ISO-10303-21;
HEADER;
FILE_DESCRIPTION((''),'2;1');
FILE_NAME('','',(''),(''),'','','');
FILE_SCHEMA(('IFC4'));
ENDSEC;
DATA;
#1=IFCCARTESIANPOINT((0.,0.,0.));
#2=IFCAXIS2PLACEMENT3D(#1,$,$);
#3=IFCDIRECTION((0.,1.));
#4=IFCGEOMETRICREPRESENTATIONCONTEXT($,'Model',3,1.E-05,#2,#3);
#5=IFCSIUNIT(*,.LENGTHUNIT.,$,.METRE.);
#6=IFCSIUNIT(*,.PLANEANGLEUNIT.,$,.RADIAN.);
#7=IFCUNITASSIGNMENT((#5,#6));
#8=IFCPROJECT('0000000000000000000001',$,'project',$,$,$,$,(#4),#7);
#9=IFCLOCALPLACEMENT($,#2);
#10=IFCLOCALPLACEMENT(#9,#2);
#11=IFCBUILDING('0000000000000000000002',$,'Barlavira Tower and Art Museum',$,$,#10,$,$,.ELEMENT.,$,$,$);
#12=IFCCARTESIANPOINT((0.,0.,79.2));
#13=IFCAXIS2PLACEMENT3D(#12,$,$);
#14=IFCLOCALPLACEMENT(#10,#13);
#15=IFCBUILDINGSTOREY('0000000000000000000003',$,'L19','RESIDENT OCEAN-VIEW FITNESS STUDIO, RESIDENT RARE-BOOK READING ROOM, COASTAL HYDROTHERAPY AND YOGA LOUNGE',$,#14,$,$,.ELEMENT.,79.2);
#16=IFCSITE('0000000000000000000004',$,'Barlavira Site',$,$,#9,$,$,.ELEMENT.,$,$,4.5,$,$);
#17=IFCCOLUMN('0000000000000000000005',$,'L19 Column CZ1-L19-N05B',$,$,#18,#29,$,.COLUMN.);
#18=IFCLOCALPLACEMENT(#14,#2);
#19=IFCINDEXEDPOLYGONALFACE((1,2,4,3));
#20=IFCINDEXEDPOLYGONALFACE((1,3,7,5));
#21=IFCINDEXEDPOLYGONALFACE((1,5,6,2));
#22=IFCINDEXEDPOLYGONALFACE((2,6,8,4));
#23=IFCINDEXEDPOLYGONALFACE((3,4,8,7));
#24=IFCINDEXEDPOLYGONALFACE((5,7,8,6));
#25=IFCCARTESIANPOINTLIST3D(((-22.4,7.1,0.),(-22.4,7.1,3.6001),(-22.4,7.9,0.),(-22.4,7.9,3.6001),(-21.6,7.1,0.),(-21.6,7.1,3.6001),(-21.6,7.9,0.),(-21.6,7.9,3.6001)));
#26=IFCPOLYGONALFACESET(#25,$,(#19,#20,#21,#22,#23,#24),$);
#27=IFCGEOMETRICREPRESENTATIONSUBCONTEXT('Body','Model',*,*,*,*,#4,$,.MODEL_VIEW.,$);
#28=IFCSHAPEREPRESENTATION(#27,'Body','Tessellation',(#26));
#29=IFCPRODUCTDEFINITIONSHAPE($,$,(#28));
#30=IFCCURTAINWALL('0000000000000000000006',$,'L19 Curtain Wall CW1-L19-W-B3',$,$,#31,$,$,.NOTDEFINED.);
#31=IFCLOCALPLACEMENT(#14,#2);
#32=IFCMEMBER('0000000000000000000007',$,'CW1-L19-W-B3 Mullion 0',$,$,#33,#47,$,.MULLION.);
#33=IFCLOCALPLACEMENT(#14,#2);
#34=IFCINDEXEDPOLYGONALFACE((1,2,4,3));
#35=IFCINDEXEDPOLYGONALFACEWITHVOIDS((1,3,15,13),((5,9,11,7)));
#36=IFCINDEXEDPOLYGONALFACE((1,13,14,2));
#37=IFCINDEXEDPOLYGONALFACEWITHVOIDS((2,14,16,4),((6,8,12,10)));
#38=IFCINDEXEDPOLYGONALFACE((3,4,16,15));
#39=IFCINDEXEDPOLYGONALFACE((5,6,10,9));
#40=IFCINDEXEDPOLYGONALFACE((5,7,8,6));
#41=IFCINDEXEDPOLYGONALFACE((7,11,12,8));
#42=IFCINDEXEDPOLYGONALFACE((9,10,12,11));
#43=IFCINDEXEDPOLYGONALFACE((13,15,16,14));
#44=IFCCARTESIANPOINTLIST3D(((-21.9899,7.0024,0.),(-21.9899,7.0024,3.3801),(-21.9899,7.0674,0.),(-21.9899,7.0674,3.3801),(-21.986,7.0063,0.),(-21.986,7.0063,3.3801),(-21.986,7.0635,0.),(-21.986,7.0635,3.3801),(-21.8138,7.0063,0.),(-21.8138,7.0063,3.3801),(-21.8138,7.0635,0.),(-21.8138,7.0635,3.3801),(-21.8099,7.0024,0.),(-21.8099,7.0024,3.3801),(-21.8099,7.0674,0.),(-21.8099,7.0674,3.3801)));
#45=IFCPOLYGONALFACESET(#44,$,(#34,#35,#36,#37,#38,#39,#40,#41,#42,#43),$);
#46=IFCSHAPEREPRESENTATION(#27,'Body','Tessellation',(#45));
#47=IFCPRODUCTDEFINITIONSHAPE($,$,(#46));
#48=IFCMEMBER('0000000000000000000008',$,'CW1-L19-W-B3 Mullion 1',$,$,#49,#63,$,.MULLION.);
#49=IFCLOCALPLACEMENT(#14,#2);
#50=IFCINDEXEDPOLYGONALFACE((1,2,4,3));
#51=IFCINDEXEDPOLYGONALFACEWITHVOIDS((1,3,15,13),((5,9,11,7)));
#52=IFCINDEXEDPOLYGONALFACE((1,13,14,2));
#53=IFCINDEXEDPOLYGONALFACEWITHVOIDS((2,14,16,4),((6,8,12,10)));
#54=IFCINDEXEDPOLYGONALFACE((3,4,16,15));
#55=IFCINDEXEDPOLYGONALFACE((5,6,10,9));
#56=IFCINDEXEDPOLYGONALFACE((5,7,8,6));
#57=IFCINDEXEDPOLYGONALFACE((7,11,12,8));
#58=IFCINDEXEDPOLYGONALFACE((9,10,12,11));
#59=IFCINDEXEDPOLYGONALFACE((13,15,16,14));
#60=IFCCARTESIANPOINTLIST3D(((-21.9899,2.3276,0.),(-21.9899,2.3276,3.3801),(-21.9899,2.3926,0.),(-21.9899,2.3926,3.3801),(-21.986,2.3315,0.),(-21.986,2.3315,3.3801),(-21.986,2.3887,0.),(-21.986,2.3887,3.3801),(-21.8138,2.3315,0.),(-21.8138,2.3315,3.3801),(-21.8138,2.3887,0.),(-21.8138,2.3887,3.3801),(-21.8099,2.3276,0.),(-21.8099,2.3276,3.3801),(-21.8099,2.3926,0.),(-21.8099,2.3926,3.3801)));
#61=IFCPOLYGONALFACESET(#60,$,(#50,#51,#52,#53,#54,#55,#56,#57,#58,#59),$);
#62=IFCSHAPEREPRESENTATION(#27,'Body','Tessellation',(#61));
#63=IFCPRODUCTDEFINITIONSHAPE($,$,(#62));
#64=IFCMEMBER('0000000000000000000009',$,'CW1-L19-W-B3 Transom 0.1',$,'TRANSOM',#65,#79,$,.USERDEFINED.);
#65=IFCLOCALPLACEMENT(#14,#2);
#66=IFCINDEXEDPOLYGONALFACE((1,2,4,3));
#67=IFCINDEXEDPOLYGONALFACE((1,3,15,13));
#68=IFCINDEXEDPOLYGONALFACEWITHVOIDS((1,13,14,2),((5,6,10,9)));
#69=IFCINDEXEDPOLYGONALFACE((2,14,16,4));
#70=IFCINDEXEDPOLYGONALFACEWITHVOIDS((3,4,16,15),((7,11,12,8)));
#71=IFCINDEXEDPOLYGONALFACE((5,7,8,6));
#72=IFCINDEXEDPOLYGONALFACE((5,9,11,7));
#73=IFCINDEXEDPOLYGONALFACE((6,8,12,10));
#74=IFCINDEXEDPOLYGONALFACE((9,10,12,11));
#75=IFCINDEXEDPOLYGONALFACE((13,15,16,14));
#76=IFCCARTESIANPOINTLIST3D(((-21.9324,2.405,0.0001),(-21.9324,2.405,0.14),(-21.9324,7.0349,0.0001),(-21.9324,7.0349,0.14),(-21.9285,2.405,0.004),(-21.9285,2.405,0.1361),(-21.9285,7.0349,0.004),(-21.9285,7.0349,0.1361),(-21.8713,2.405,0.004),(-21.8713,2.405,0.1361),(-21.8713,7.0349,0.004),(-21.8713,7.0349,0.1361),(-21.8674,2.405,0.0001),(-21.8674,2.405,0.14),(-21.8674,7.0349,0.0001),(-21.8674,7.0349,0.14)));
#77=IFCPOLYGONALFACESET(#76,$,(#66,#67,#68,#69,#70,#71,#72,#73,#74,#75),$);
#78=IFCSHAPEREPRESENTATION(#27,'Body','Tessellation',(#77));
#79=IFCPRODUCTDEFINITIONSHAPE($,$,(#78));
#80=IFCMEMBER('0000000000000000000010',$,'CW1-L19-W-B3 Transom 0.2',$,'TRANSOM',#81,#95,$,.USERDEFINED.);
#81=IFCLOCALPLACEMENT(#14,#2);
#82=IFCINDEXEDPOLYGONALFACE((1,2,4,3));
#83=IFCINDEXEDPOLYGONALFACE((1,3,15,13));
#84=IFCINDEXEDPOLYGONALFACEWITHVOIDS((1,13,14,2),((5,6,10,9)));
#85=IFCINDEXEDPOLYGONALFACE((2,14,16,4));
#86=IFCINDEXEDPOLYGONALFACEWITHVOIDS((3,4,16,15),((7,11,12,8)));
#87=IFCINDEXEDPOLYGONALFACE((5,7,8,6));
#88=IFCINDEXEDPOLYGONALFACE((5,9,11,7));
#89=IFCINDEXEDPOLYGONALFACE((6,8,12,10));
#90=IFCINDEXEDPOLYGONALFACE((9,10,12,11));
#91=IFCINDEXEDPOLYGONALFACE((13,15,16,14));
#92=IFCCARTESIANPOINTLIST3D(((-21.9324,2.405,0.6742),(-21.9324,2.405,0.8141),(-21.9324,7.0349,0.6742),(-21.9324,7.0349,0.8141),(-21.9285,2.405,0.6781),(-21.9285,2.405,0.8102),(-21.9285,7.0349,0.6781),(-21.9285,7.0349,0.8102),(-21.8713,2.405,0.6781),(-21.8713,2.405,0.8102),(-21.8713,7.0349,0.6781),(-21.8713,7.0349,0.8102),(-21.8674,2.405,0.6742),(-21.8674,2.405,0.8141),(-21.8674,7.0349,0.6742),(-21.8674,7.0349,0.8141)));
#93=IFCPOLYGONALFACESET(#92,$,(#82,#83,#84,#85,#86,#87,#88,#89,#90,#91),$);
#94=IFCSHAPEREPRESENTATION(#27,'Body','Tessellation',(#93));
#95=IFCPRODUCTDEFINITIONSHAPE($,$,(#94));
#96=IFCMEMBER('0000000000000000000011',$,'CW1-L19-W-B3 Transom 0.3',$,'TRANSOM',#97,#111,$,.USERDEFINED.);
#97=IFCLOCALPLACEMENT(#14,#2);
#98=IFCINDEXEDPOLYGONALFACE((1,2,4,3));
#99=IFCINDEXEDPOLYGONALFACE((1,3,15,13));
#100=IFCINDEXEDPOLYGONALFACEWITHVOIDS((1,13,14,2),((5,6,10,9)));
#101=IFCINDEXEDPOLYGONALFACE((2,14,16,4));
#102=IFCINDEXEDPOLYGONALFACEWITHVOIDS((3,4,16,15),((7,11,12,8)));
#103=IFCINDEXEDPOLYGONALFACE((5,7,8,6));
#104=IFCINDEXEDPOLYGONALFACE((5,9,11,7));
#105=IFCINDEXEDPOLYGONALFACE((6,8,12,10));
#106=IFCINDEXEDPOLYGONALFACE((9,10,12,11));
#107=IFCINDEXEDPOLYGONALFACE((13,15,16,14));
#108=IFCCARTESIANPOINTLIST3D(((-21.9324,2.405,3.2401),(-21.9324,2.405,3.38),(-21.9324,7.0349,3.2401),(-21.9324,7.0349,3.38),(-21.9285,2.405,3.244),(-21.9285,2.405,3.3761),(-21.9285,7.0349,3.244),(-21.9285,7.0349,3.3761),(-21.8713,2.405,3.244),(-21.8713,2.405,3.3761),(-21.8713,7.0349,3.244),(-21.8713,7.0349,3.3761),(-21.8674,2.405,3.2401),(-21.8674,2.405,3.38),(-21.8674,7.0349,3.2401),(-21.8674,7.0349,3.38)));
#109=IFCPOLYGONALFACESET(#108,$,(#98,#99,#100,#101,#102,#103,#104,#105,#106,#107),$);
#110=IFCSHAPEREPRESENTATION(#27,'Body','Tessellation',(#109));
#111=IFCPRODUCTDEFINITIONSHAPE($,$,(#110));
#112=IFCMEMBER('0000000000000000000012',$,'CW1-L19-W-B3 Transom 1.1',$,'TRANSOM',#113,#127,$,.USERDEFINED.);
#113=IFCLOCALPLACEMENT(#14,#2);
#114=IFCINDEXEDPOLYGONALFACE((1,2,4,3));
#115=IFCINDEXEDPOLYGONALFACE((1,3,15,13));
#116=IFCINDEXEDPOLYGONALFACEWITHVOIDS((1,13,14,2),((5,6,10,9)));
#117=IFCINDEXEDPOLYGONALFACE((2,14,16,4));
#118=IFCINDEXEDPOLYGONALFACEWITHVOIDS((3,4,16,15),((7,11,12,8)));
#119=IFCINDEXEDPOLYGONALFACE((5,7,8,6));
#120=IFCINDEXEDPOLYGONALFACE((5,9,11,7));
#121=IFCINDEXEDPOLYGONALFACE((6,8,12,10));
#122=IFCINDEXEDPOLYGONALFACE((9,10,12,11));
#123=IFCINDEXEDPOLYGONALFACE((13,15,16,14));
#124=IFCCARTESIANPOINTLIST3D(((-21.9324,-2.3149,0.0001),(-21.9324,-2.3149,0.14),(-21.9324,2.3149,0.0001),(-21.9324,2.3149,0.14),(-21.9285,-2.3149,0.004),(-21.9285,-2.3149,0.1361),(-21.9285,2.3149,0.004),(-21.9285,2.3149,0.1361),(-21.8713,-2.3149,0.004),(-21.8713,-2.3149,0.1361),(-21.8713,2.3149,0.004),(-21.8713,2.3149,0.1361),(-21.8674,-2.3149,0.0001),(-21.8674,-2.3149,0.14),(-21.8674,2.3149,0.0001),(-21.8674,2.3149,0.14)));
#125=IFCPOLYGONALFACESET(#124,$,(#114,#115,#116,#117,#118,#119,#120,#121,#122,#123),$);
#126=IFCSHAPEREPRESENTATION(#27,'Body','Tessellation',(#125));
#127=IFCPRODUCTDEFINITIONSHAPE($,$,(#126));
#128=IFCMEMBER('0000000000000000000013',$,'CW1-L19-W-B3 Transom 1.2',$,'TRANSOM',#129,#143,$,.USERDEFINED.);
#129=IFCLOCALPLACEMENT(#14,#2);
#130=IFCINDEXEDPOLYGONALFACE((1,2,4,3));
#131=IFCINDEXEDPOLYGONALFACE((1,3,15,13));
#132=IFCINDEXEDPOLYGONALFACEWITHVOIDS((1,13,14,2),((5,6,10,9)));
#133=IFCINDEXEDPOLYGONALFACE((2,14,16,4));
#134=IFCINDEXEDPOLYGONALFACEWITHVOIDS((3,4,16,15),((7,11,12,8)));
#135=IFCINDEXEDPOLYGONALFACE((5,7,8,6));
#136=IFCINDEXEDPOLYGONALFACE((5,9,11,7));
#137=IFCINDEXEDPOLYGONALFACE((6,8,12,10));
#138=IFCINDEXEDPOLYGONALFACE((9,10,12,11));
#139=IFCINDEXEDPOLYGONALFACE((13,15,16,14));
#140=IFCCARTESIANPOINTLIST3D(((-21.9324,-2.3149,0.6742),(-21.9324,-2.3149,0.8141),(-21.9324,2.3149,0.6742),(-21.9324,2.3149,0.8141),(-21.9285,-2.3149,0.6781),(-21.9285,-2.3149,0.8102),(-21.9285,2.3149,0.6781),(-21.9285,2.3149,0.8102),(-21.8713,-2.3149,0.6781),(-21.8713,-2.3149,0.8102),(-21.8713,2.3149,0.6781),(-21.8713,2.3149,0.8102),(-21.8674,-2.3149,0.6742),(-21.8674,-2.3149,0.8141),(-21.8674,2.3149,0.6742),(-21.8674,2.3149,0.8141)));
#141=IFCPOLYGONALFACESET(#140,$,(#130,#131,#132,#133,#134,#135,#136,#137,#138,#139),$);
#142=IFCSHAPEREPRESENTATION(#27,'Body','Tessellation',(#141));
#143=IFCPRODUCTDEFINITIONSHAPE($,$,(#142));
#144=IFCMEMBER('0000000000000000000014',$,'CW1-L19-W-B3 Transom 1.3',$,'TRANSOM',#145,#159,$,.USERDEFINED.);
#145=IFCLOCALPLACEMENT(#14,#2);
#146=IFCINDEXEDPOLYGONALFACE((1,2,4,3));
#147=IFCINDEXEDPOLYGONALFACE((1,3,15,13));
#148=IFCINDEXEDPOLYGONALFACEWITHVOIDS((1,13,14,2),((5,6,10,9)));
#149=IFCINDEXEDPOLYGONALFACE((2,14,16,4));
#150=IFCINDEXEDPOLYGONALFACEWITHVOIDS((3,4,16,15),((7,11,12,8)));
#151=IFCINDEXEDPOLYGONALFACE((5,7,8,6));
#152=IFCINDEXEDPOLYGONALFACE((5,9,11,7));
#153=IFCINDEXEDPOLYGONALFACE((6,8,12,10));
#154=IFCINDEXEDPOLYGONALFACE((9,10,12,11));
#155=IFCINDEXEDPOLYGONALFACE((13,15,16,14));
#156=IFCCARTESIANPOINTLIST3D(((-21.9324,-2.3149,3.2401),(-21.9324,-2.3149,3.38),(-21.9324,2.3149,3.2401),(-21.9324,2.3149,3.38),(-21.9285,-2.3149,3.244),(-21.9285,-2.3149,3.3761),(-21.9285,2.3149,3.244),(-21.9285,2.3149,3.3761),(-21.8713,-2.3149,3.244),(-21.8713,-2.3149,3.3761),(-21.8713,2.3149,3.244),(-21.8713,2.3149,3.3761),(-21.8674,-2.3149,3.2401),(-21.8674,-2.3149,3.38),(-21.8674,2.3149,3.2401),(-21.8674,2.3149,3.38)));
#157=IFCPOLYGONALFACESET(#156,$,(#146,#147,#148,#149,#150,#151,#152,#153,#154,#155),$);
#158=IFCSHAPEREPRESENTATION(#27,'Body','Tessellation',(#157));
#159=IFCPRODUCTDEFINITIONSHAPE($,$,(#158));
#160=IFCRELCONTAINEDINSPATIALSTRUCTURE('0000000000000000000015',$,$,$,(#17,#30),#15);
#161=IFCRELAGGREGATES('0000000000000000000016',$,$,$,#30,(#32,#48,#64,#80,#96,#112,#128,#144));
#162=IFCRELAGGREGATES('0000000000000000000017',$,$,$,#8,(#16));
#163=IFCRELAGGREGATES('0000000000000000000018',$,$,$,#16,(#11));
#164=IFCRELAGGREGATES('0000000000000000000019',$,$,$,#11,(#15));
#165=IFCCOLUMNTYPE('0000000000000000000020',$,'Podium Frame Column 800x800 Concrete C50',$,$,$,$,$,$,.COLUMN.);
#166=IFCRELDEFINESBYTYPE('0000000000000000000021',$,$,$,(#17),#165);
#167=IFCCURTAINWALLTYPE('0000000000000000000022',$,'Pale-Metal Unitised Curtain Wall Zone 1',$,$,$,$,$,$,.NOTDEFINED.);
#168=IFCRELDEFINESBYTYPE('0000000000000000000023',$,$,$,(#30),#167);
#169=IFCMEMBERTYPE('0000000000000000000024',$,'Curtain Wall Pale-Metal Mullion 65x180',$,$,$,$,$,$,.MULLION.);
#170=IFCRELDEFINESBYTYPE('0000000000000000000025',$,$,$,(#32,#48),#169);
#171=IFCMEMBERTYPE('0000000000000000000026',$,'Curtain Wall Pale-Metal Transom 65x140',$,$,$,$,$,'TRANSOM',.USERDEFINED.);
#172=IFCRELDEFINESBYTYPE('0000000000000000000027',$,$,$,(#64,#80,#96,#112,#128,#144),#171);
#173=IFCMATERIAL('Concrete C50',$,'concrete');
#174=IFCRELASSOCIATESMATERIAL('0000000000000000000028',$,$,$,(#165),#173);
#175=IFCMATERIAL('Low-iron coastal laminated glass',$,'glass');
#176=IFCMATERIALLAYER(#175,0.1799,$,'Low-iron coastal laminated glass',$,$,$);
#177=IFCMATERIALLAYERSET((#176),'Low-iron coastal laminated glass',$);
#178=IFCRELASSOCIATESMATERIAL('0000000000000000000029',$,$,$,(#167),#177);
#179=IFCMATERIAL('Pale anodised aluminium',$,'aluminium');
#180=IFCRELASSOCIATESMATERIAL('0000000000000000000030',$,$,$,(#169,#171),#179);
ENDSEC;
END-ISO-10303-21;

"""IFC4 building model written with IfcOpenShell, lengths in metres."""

from ifc_helpers import new_model, si_unit, direction, frame, origin, origin_2d, place, context, subcontext, project, spatial, rectangle, hollow_rectangle, extrude, material, layer, layer_set, material_profile, profile_set, type_object, element, aggregate, save


model = new_model("IFC4")

# Units and contexts
model_context = context("Model", 3, precision=1e-05, world=origin(), true_north=direction((0.0, 1.0)))
body_context = subcontext(model_context, "Body", "Model", "MODEL_VIEW")
ifc_project = project(units=[si_unit("LENGTHUNIT", "METRE"), si_unit("PLANEANGLEUNIT", "RADIAN")], contexts=[model_context])

# Site, building, storey
site_placement = place(None, origin())
site = spatial("IfcSite", under=ifc_project, at=site_placement, Name="Barlavira Site", CompositionType="ELEMENT", RefElevation=4.5)
building_placement = place(site_placement, origin())
building = spatial("IfcBuilding", under=site, at=building_placement, Name="Barlavira Tower and Art Museum", CompositionType="ELEMENT")
storey_placement = place(building_placement, frame((0.0, 0.0, 79.2)))
storey = spatial("IfcBuildingStorey", under=building, at=storey_placement, Name="L19", Description="RESIDENT OCEAN-VIEW FITNESS STUDIO, RESIDENT RARE-BOOK READING ROOM, COASTAL HYDROTHERAPY AND YOGA LOUNGE", CompositionType="ELEMENT", Elevation=79.2)

# Column
ifc_material_1 = material(Name="Concrete C50", Category="concrete")
ifc_material_profile_1 = material_profile(ifc_material_1, rectangle(XDim=0.8, YDim=0.8, at=origin_2d()), Name="RC-COL 800x800")
ifc_profile_set_1 = profile_set([ifc_material_profile_1], Name="Concrete C50")
column_type = type_object("IfcColumnType", Name="Podium Frame Column 800x800 Concrete C50", PredefinedType="COLUMN", material=ifc_profile_set_1)
column_placement = place(storey_placement, frame((-22.0, 7.5, 0.0), z_axis=(0.0, 0.0, 1.0), x_axis=(1.0, 0.0, 0.0)))
element("IfcColumn", 1, at=column_placement, inside=storey, type_object=column_type, Name="L19 Column CZ1-L19-N05B", PredefinedType="COLUMN", context=body_context, shape_type="SweptSolid", body=[
    extrude(rectangle(XDim=0.8, YDim=0.8, at=origin_2d()), origin(), (0.0, 0.0, 1.0), 3.6001),
])

# Curtain wall, members
ifc_material_2 = material(Name="Low-iron coastal laminated glass", Category="glass")
ifc_layer_1 = layer(ifc_material_2, 0.1799, Name="Low-iron coastal laminated glass")
ifc_layer_set_1 = layer_set([ifc_layer_1], Name="Low-iron coastal laminated glass")
curtain_wall_type = type_object("IfcCurtainWallType", Name="Pale-Metal Unitised Curtain Wall Zone 1", PredefinedType="NOTDEFINED", material=ifc_layer_set_1)
curtain_wall_placement = place(storey_placement, origin())
curtain_wall = element("IfcCurtainWall", 2, at=curtain_wall_placement, inside=storey, type_object=curtain_wall_type, Name="L19 Curtain Wall CW1-L19-W-B3", PredefinedType="NOTDEFINED")
ifc_material_3 = material(Name="Pale anodised aluminium", Category="aluminium")
ifc_material_profile_2 = material_profile(ifc_material_3, hollow_rectangle(XDim=0.0649, YDim=0.1799, WallThickness=0.0039, at=origin_2d()), Name="ALU-MULL 65x180x4")
ifc_profile_set_2 = profile_set([ifc_material_profile_2], Name="Pale anodised aluminium")
member_type_1 = type_object("IfcMemberType", Name="Curtain Wall Pale-Metal Mullion 65x180", PredefinedType="MULLION", material=ifc_profile_set_2)
member_1_placement = place(storey_placement, frame((-21.8999, 7.0349, 0.0), z_axis=(0.0, 0.0, 1.0), x_axis=(0.0, -1.0, 0.0)))
member_1 = element("IfcMember", 3, at=member_1_placement, type_object=member_type_1, Name="CW1-L19-W-B3 Mullion 0", PredefinedType="MULLION", context=body_context, shape_type="SweptSolid", body=[
    extrude(hollow_rectangle(XDim=0.0649, YDim=0.1799, WallThickness=0.0039, at=origin_2d()), origin(), (0.0, 0.0, 1.0), 3.3801),
])
member_2_placement = place(storey_placement, frame((-21.8999, 2.3601, 0.0), z_axis=(0.0, 0.0, 1.0), x_axis=(0.0, -1.0, 0.0)))
member_2 = element("IfcMember", 4, at=member_2_placement, type_object=member_type_1, Name="CW1-L19-W-B3 Mullion 1", PredefinedType="MULLION", context=body_context, shape_type="SweptSolid", body=[
    extrude(hollow_rectangle(XDim=0.0649, YDim=0.1799, WallThickness=0.0039, at=origin_2d()), origin(), (0.0, 0.0, 1.0), 3.3801),
])
ifc_material_profile_3 = material_profile(ifc_material_3, hollow_rectangle(XDim=0.0649, YDim=0.1399, WallThickness=0.0039, at=origin_2d()), Name="ALU-TRAN 65x140x4")
ifc_profile_set_3 = profile_set([ifc_material_profile_3], Name="Pale anodised aluminium")
member_type_2 = type_object("IfcMemberType", Name="Curtain Wall Pale-Metal Transom 65x140", ElementType="TRANSOM", PredefinedType="USERDEFINED", material=ifc_profile_set_3)
member_3_placement = place(storey_placement, frame((-21.8999, 7.0349, 0.0701), z_axis=(0.0, -1.0, 0.0), x_axis=(1.0, 0.0, 0.0)))
member_3 = element("IfcMember", 5, at=member_3_placement, type_object=member_type_2, Name="CW1-L19-W-B3 Transom 0.1", ObjectType="TRANSOM", PredefinedType="USERDEFINED", context=body_context, shape_type="SweptSolid", body=[
    extrude(hollow_rectangle(XDim=0.0649, YDim=0.1399, WallThickness=0.0039, at=origin_2d()), origin(), (0.0, 0.0, 1.0), 4.6299),
])
member_4_placement = place(storey_placement, frame((-21.8999, 7.0349, 0.7441), z_axis=(0.0, -1.0, 0.0), x_axis=(1.0, 0.0, 0.0)))
member_4 = element("IfcMember", 6, at=member_4_placement, type_object=member_type_2, Name="CW1-L19-W-B3 Transom 0.2", ObjectType="TRANSOM", PredefinedType="USERDEFINED", context=body_context, shape_type="SweptSolid", body=[
    extrude(hollow_rectangle(XDim=0.0649, YDim=0.1399, WallThickness=0.0039, at=origin_2d()), origin(), (0.0, 0.0, 1.0), 4.6299),
])
member_5_placement = place(storey_placement, frame((-21.8999, 7.0349, 3.3101), z_axis=(0.0, -1.0, 0.0), x_axis=(1.0, 0.0, 0.0)))
member_5 = element("IfcMember", 7, at=member_5_placement, type_object=member_type_2, Name="CW1-L19-W-B3 Transom 0.3", ObjectType="TRANSOM", PredefinedType="USERDEFINED", context=body_context, shape_type="SweptSolid", body=[
    extrude(hollow_rectangle(XDim=0.0649, YDim=0.1399, WallThickness=0.0039, at=origin_2d()), origin(), (0.0, 0.0, 1.0), 4.6299),
])
member_6_placement = place(storey_placement, frame((-21.8999, 2.3149, 0.0701), z_axis=(0.0, -1.0, 0.0), x_axis=(1.0, 0.0, 0.0)))
member_6 = element("IfcMember", 8, at=member_6_placement, type_object=member_type_2, Name="CW1-L19-W-B3 Transom 1.1", ObjectType="TRANSOM", PredefinedType="USERDEFINED", context=body_context, shape_type="SweptSolid", body=[
    extrude(hollow_rectangle(XDim=0.0649, YDim=0.1399, WallThickness=0.0039, at=origin_2d()), origin(), (0.0, 0.0, 1.0), 4.6299),
])
member_7_placement = place(storey_placement, frame((-21.8999, 2.3149, 0.7441), z_axis=(0.0, -1.0, 0.0), x_axis=(1.0, 0.0, 0.0)))
member_7 = element("IfcMember", 9, at=member_7_placement, type_object=member_type_2, Name="CW1-L19-W-B3 Transom 1.2", ObjectType="TRANSOM", PredefinedType="USERDEFINED", context=body_context, shape_type="SweptSolid", body=[
    extrude(hollow_rectangle(XDim=0.0649, YDim=0.1399, WallThickness=0.0039, at=origin_2d()), origin(), (0.0, 0.0, 1.0), 4.6299),
])
member_8_placement = place(storey_placement, frame((-21.8999, 2.3149, 3.3101), z_axis=(0.0, -1.0, 0.0), x_axis=(1.0, 0.0, 0.0)))
member_8 = element("IfcMember", 10, at=member_8_placement, type_object=member_type_2, Name="CW1-L19-W-B3 Transom 1.3", ObjectType="TRANSOM", PredefinedType="USERDEFINED", context=body_context, shape_type="SweptSolid", body=[
    extrude(hollow_rectangle(XDim=0.0649, YDim=0.1399, WallThickness=0.0039, at=origin_2d()), origin(), (0.0, 0.0, 1.0), 4.6299),
])

aggregate(curtain_wall, [member_1, member_2, member_3, member_4, member_5, member_6, member_7, member_8])

save(model, "model.ifc")
